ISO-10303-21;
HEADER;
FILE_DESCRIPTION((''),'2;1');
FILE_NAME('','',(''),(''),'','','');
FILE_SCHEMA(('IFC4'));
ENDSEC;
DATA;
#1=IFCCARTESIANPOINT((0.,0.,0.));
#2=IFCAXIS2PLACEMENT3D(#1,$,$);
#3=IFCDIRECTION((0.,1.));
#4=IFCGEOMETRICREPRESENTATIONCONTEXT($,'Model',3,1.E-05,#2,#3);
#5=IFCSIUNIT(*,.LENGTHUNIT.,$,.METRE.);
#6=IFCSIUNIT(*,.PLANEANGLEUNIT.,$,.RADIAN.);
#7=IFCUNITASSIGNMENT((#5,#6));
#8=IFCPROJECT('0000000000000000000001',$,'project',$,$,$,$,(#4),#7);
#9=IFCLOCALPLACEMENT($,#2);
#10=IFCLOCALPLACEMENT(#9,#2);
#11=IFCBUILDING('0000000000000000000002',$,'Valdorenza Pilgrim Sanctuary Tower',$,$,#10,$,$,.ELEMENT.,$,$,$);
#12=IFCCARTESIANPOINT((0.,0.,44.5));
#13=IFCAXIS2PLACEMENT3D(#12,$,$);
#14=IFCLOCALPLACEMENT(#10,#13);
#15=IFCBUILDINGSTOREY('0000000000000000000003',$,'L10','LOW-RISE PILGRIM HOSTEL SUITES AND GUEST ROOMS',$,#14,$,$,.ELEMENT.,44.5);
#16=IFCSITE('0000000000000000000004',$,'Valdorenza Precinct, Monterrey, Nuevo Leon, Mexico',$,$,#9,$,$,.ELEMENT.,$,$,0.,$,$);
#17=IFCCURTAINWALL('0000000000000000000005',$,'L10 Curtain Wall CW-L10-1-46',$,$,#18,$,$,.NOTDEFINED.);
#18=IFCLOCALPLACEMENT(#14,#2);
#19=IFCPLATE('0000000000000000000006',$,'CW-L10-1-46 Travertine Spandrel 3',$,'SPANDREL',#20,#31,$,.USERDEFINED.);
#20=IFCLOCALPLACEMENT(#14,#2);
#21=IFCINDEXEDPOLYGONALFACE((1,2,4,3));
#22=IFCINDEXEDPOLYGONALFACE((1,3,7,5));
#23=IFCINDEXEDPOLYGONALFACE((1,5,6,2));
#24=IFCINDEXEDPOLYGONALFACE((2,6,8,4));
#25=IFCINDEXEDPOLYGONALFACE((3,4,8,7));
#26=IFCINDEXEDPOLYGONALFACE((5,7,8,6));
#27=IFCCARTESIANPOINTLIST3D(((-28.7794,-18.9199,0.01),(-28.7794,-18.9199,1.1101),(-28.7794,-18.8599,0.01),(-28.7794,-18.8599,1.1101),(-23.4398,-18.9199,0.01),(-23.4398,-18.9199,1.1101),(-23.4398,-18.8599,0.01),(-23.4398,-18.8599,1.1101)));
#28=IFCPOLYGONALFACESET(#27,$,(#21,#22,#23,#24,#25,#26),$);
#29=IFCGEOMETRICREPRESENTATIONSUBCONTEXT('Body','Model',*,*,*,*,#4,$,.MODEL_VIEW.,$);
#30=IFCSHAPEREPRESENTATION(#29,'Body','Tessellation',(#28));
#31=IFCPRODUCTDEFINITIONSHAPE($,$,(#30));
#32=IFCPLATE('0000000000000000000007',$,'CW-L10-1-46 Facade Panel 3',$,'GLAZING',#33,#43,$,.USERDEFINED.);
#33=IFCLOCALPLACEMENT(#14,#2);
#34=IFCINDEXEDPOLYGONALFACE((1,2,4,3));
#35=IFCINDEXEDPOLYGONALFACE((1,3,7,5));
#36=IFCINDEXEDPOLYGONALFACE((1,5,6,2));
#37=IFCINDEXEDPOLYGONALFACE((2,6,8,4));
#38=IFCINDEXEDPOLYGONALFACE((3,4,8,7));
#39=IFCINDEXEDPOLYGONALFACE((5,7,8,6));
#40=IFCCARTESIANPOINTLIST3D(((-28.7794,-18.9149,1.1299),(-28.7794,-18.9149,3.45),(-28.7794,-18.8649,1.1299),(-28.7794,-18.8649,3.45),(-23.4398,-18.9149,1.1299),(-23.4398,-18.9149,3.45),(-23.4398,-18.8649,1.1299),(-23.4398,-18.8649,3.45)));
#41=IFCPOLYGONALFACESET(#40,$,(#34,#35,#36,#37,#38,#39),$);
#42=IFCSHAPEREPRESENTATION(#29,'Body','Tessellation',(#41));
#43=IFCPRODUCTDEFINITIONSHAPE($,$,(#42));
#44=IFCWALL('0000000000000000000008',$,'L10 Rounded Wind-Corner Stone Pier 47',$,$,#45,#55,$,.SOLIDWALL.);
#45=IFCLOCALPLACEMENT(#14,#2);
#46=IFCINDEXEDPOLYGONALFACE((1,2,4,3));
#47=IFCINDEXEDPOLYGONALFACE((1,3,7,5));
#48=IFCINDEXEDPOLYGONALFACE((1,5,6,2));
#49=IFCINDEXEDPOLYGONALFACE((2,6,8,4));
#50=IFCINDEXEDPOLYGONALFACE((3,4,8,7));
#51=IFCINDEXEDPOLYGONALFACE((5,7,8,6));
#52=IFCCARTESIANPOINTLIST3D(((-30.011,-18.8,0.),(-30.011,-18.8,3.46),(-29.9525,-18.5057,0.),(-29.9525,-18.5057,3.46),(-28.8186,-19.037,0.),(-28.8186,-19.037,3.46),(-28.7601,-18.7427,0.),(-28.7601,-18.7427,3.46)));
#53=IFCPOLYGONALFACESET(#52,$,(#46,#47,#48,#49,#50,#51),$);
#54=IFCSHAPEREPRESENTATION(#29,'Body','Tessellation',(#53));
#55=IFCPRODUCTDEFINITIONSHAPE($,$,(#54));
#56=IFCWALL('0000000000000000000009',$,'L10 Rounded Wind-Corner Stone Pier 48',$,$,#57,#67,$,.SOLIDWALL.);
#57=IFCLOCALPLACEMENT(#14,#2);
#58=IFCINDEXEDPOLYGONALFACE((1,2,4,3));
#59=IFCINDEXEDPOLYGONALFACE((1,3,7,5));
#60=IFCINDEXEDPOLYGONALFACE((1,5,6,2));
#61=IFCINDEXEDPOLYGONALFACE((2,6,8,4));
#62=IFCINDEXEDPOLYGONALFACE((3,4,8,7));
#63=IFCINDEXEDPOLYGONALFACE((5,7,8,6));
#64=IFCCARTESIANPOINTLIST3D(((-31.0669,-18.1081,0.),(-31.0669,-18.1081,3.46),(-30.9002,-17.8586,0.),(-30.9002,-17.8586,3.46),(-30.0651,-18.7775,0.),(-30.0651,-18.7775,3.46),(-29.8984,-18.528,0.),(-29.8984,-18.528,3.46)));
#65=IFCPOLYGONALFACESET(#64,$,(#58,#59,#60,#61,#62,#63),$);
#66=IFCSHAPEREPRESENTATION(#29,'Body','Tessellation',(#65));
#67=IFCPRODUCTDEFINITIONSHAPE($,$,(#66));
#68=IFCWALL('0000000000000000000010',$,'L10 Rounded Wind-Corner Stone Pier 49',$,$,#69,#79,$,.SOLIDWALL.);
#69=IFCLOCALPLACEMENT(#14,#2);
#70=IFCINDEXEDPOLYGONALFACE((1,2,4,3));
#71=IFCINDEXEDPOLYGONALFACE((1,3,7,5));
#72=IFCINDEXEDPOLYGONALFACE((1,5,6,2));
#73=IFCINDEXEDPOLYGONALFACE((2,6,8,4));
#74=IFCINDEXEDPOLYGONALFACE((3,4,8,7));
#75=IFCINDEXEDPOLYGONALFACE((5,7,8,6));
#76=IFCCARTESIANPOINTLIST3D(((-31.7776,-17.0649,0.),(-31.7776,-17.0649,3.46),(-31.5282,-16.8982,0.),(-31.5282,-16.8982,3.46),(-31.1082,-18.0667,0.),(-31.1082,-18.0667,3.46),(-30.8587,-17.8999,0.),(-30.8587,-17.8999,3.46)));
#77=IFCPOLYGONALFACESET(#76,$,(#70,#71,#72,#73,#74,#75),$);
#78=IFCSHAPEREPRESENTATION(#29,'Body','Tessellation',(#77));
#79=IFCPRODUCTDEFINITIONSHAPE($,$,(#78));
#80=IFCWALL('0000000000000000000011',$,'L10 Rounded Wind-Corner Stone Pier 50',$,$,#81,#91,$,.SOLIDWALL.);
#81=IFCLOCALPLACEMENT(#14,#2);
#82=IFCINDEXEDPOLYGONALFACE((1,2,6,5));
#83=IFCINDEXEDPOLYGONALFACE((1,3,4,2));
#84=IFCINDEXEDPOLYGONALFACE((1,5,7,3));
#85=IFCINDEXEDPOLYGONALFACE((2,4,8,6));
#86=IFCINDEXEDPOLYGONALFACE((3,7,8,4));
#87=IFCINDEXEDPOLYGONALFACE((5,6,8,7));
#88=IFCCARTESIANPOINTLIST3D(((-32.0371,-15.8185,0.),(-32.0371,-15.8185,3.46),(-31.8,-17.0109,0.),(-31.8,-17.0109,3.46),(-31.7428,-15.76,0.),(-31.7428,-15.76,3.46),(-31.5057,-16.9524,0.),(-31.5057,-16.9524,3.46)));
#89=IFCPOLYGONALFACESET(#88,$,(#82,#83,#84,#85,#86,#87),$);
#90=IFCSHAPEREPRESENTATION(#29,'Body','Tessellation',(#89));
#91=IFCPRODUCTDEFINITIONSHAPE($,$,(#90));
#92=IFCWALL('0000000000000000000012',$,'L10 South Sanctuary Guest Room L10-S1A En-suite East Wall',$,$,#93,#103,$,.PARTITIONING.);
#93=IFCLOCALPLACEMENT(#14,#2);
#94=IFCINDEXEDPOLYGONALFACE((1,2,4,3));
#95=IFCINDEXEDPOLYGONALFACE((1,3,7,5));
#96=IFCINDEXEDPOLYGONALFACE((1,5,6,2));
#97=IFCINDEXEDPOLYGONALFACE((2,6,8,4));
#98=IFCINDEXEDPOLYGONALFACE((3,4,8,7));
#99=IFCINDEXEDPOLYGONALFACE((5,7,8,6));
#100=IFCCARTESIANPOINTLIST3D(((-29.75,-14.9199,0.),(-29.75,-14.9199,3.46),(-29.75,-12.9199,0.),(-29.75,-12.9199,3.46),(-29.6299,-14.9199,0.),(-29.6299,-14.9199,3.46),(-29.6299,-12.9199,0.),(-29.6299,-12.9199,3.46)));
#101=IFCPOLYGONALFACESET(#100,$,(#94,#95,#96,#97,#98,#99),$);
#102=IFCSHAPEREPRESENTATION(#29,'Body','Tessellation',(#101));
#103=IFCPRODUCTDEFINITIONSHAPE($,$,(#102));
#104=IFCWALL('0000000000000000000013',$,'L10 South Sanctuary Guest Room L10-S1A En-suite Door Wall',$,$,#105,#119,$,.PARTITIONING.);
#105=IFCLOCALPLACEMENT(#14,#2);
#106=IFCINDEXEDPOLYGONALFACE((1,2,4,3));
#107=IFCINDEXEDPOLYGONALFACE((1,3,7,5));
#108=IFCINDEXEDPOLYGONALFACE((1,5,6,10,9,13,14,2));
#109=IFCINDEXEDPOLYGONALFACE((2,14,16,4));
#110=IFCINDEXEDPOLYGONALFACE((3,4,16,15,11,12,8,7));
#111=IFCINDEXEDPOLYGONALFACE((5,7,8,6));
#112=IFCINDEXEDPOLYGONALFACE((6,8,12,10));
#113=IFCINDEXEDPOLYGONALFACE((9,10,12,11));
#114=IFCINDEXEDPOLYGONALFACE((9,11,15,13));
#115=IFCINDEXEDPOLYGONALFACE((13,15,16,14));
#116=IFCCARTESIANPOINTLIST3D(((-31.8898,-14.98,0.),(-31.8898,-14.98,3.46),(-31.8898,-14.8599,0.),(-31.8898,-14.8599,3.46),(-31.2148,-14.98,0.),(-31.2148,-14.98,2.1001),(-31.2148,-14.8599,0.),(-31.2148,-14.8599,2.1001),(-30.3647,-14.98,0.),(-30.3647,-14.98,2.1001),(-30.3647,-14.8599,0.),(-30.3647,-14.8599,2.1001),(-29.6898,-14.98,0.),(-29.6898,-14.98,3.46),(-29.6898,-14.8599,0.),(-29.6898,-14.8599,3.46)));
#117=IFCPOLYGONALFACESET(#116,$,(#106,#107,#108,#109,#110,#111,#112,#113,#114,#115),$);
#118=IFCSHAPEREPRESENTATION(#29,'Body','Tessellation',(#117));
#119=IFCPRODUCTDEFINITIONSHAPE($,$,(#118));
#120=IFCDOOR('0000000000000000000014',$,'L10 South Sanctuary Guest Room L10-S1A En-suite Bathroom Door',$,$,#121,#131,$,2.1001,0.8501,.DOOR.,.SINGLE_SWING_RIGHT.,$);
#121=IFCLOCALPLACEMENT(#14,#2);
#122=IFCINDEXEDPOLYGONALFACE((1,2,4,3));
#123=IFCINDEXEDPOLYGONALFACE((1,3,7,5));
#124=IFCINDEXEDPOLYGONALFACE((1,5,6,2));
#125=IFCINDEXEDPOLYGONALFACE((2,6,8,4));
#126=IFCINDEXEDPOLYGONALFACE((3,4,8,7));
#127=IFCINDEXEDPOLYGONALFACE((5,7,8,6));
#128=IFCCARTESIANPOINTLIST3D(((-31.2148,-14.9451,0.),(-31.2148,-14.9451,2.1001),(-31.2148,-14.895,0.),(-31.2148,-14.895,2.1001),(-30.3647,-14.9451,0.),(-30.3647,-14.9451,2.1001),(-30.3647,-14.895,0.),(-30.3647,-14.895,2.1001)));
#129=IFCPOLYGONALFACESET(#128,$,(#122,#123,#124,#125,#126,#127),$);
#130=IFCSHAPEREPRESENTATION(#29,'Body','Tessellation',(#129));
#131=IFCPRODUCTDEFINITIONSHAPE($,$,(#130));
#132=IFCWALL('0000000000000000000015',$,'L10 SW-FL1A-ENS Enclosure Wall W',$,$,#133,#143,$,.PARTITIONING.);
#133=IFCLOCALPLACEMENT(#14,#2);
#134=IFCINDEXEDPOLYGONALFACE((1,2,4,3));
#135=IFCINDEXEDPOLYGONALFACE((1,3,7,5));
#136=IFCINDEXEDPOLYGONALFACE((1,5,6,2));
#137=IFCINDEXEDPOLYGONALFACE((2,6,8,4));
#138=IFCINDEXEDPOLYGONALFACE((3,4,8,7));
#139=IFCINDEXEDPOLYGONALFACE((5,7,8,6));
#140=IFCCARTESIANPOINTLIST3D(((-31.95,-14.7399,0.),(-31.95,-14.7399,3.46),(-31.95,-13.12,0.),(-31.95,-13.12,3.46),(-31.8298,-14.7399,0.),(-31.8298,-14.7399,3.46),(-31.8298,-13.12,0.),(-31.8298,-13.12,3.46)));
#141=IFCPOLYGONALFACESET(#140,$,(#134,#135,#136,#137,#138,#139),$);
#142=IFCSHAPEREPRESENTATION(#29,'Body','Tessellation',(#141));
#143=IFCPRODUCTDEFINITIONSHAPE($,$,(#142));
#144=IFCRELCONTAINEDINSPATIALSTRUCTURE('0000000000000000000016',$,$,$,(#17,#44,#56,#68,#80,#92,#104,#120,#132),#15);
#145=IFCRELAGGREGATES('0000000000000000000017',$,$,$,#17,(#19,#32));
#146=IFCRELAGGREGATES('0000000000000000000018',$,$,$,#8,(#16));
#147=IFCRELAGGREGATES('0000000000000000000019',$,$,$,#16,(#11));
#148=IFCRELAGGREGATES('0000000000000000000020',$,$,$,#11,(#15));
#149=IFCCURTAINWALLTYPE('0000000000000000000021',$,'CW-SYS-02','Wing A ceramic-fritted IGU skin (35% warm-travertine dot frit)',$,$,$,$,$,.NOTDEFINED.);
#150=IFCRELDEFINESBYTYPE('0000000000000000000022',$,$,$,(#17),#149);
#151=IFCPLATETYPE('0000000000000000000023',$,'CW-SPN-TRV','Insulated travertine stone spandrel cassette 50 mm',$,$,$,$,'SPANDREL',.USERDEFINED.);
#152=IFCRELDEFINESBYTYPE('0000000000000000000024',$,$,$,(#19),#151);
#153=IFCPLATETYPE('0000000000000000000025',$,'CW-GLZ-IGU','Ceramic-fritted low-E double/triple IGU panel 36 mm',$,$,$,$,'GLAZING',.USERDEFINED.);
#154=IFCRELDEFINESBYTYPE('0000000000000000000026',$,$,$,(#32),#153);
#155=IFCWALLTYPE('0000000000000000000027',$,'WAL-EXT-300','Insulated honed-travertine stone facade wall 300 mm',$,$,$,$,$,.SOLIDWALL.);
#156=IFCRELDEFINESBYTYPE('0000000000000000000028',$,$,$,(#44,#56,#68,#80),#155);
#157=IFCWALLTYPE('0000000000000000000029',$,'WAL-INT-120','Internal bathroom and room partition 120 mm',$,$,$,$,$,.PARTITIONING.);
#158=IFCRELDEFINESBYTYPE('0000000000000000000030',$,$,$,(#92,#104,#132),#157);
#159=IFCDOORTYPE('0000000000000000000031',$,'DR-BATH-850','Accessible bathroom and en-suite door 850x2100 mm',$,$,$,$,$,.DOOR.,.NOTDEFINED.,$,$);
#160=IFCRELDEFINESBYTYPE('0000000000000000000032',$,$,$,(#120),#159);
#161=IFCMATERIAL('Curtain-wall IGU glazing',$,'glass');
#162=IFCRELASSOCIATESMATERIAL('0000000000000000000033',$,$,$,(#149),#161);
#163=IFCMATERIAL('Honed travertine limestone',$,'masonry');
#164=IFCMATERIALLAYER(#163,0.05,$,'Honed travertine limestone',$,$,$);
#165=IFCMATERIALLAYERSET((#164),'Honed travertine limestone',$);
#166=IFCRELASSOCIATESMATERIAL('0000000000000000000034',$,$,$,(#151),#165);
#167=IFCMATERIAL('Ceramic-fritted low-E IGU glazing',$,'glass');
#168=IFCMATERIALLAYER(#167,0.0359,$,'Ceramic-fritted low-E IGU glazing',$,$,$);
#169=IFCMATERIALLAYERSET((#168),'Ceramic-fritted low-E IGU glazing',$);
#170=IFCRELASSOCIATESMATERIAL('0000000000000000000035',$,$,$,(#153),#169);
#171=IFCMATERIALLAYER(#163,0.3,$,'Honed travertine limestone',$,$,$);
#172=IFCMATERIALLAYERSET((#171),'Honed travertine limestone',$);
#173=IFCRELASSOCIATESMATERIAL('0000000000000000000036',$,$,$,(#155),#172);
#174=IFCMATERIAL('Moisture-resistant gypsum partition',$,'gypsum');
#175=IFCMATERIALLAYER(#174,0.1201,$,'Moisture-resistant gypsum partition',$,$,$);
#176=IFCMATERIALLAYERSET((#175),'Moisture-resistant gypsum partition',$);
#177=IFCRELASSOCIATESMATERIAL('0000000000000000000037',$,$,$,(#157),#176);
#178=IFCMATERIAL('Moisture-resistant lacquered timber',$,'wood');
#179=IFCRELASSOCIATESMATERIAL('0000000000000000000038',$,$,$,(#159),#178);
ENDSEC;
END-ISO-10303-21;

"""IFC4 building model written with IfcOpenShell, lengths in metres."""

from ifc_helpers import new_model, si_unit, direction, frame, frame_2d, origin, origin_2d, place, context, subcontext, project, spatial, rectangle, extrude, source, transform, mapped, material, layer, layer_set, type_object, element, fill, aggregate, save


model = new_model("IFC4")

# Units and contexts
model_context = context("Model", 3, precision=1e-05, world=origin(), true_north=direction((0.0, 1.0)))
body_context = subcontext(model_context, "Body", "Model", "MODEL_VIEW")
ifc_project = project(units=[si_unit("LENGTHUNIT", "METRE"), si_unit("PLANEANGLEUNIT", "RADIAN")], contexts=[model_context])

# Site, building, storey
site_placement = place(None, origin())
site = spatial("IfcSite", under=ifc_project, at=site_placement, Name="Valdorenza Precinct, Monterrey, Nuevo Leon, Mexico", CompositionType="ELEMENT", RefElevation=0.0)
building_placement = place(site_placement, origin())
building = spatial("IfcBuilding", under=site, at=building_placement, Name="Valdorenza Pilgrim Sanctuary Tower", CompositionType="ELEMENT")
storey_placement = place(building_placement, frame((0.0, 0.0, 44.5)))
storey = spatial("IfcBuildingStorey", under=building, at=storey_placement, Name="L10", Description="LOW-RISE PILGRIM HOSTEL SUITES AND GUEST ROOMS", CompositionType="ELEMENT", Elevation=44.5)

# Shared definitions
ifc_material_1 = material(Name="Curtain-wall IGU glazing", Category="glass")
curtain_wall_type = type_object("IfcCurtainWallType", Name="CW-SYS-02", Description="Wing A ceramic-fritted IGU skin (35% warm-travertine dot frit)", PredefinedType="NOTDEFINED", material=ifc_material_1)

# Curtain wall
curtain_wall_1_placement = place(storey_placement, origin())
curtain_wall_1 = element("IfcCurtainWall", 1, at=curtain_wall_1_placement, inside=storey, type_object=curtain_wall_type, Name="L10 Curtain Wall CW-L10-1-46", PredefinedType="NOTDEFINED")

# Plates
ifc_material_2 = material(Name="Honed travertine limestone", Category="masonry")
ifc_layer_1 = layer(ifc_material_2, 0.05, Name="Honed travertine limestone")
ifc_layer_set_1 = layer_set([ifc_layer_1], Name="Honed travertine limestone")
plate_type_1 = type_object("IfcPlateType", Name="CW-SPN-TRV", Description="Insulated travertine stone spandrel cassette 50 mm", ElementType="SPANDREL", PredefinedType="USERDEFINED", material=ifc_layer_set_1)
shared_shape_1 = source(origin(), body_context, "Body", "SweptSolid", [
    extrude(rectangle(XDim=5.3396, YDim=0.0601, at=origin_2d()), origin(), (0.0, 0.0, 1.0), 1.1001),
])
plate_1_placement = place(storey_placement, frame((-26.1096, -18.8899, 0.01), z_axis=(0.0, 0.0, 1.0), x_axis=(-1.0, 0.0, 0.0)))
plate_1 = element("IfcPlate", 2, at=plate_1_placement, type_object=plate_type_1, Name="CW-L10-1-46 Travertine Spandrel 3", ObjectType="SPANDREL", PredefinedType="USERDEFINED", context=body_context, shape_type="MappedRepresentation", body=[
    mapped(shared_shape_1, transform((0.0, 0.0, 0.0), x_axis=(1.0, 0.0, 0.0), y_axis=(0.0, 1.0, 0.0), z_axis=(0.0, 0.0, 1.0), scale=1.0)),
])
ifc_material_3 = material(Name="Ceramic-fritted low-E IGU glazing", Category="glass")
ifc_layer_2 = layer(ifc_material_3, 0.0359, Name="Ceramic-fritted low-E IGU glazing")
ifc_layer_set_2 = layer_set([ifc_layer_2], Name="Ceramic-fritted low-E IGU glazing")
plate_type_2 = type_object("IfcPlateType", Name="CW-GLZ-IGU", Description="Ceramic-fritted low-E double/triple IGU panel 36 mm", ElementType="GLAZING", PredefinedType="USERDEFINED", material=ifc_layer_set_2)
shared_shape_2 = source(origin(), body_context, "Body", "SweptSolid", [
    extrude(rectangle(XDim=5.3396, YDim=0.05, at=origin_2d()), origin(), (0.0, 0.0, 1.0), 2.3201),
])
plate_2_placement = place(storey_placement, frame((-26.1096, -18.8899, 1.1299), z_axis=(0.0, 0.0, 1.0), x_axis=(-1.0, 0.0, 0.0)))
plate_2 = element("IfcPlate", 3, at=plate_2_placement, type_object=plate_type_2, Name="CW-L10-1-46 Facade Panel 3", ObjectType="GLAZING", PredefinedType="USERDEFINED", context=body_context, shape_type="MappedRepresentation", body=[
    mapped(shared_shape_2, transform((0.0, 0.0, 0.0), x_axis=(1.0, 0.0, 0.0), y_axis=(0.0, 1.0, 0.0), z_axis=(0.0, 0.0, 1.0), scale=1.0)),
])
aggregate(curtain_wall_1, [plate_1, plate_2])

# Walls
ifc_layer_3 = layer(ifc_material_2, 0.3, Name="Honed travertine limestone")
ifc_layer_set_3 = layer_set([ifc_layer_3], Name="Honed travertine limestone")
wall_type_1 = type_object("IfcWallType", Name="WAL-EXT-300", Description="Insulated honed-travertine stone facade wall 300 mm", PredefinedType="SOLIDWALL", material=ifc_layer_set_3)
wall_1_placement = place(storey_placement, frame((-28.7893, -18.8899, 0.0), z_axis=(0.0, 0.0, 1.0), x_axis=(-0.980804, 0.194996, 0.0)))
element("IfcWall", 4, at=wall_1_placement, inside=storey, type_object=wall_type_1, Name="L10 Rounded Wind-Corner Stone Pier 47", PredefinedType="SOLIDWALL", context=body_context, shape_type="SweptSolid", body=[
    extrude(rectangle(XDim=1.2158, YDim=0.3, at=frame_2d((0.6079, 0.0))), origin(), (0.0, 0.0, 1.0), 3.46),
])
for number, where, z_axis, x_axis, name in (
    (5, (-29.9817, -18.6528, 0.0), (0.0, 0.0, 1.0), (-0.831426, 0.555635, 0.0), "L10 Rounded Wind-Corner Stone Pier 48"),
    (6, (-30.9834, -17.9834, 0.0), (0.0, 0.0, 1.0), (-0.555635, 0.831426, 0.0), "L10 Rounded Wind-Corner Stone Pier 49"),
):
    element("IfcWall", number, at=place(storey_placement, frame(where, z_axis=z_axis, x_axis=x_axis)), inside=storey, type_object=wall_type_1, Name=name, PredefinedType="SOLIDWALL", context=body_context, shape_type="SweptSolid", body=[
        extrude(rectangle(XDim=1.2048, YDim=0.3, at=frame_2d((0.6025, 0.0))), origin(), (0.0, 0.0, 1.0), 3.46),
    ])
wall_2_placement = place(storey_placement, frame((-31.6528, -16.9817, 0.0), z_axis=(0.0, 0.0, 1.0), x_axis=(-0.194996, 0.980804, 0.0)))
element("IfcWall", 7, at=wall_2_placement, inside=storey, type_object=wall_type_1, Name="L10 Rounded Wind-Corner Stone Pier 50", PredefinedType="SOLIDWALL", context=body_context, shape_type="SweptSolid", body=[
    extrude(rectangle(XDim=1.2158, YDim=0.3, at=frame_2d((0.6079, 0.0))), origin(), (0.0, 0.0, 1.0), 3.46),
])
ifc_material_4 = material(Name="Moisture-resistant gypsum partition", Category="gypsum")
ifc_layer_4 = layer(ifc_material_4, 0.1201, Name="Moisture-resistant gypsum partition")
ifc_layer_set_4 = layer_set([ifc_layer_4], Name="Moisture-resistant gypsum partition")
wall_type_2 = type_object("IfcWallType", Name="WAL-INT-120", Description="Internal bathroom and room partition 120 mm", PredefinedType="PARTITIONING", material=ifc_layer_set_4)
wall_3_placement = place(storey_placement, frame((-29.6899, -14.9199, 0.0), z_axis=(0.0, 0.0, 1.0), x_axis=(0.0, 1.0, 0.0)))
element("IfcWall", 8, at=wall_3_placement, inside=storey, type_object=wall_type_2, Name="L10 South Sanctuary Guest Room L10-S1A En-suite East Wall", PredefinedType="PARTITIONING", context=body_context, shape_type="SweptSolid", body=[
    extrude(rectangle(XDim=2.0, YDim=0.1201, at=frame_2d((1.0, 0.0))), origin(), (0.0, 0.0, 1.0), 3.46),
])

# Wall, opening, door
wall_4_placement = place(storey_placement, frame((-31.8899, -14.9199, 0.0), z_axis=(0.0, 0.0, 1.0), x_axis=(1.0, 0.0, 0.0)))
wall_4 = element("IfcWall", 9, at=wall_4_placement, inside=storey, type_object=wall_type_2, Name="L10 South Sanctuary Guest Room L10-S1A En-suite Door Wall", PredefinedType="PARTITIONING", context=body_context, shape_type="SweptSolid", body=[
    extrude(rectangle(XDim=2.2, YDim=0.1201, at=frame_2d((1.1001, 0.0))), origin(), (0.0, 0.0, 1.0), 3.46),
])
opening_placement = place(wall_4_placement, frame((0.675, 0.0, 0.0)))
opening = element("IfcOpeningElement", 10, at=opening_placement, cuts=wall_4, PredefinedType="OPENING", context=body_context, shape_type="SweptSolid", body=[
    extrude(rectangle(XDim=0.8501, YDim=2.1001, at=frame_2d((0.425, 1.05))), frame((0.0, 0.075, 0.0), z_axis=(0.0, -1.0, 0.0), x_axis=(1.0, 0.0, 0.0)), (0.0, 0.0, 1.0), 0.1499),
])
ifc_material_5 = material(Name="Moisture-resistant lacquered timber", Category="wood")
door_type = type_object("IfcDoorType", Name="DR-BATH-850", Description="Accessible bathroom and en-suite door 850x2100 mm", OperationType="NOTDEFINED", PredefinedType="DOOR", material=ifc_material_5)
door_placement = place(opening_placement, origin())
door = element("IfcDoor", 11, at=door_placement, inside=storey, type_object=door_type, Name="L10 South Sanctuary Guest Room L10-S1A En-suite Bathroom Door", OperationType="SINGLE_SWING_RIGHT", OverallHeight=2.1001, OverallWidth=0.8501, PredefinedType="DOOR", context=body_context, shape_type="SweptSolid", body=[
    extrude(rectangle(XDim=0.8501, YDim=2.1001, at=frame_2d((0.425, 1.05))), frame((0.0, 0.0249, 0.0), z_axis=(0.0, -1.0, 0.0), x_axis=(1.0, 0.0, 0.0)), (0.0, 0.0, 1.0), 0.05),
])
fill(opening, door)

# Wall
wall_5_placement = place(storey_placement, frame((-31.8899, -14.74, 0.0), z_axis=(0.0, 0.0, 1.0), x_axis=(0.0, 1.0, 0.0)))
element("IfcWall", 12, at=wall_5_placement, inside=storey, type_object=wall_type_2, Name="L10 SW-FL1A-ENS Enclosure Wall W", PredefinedType="PARTITIONING", context=body_context, shape_type="SweptSolid", body=[
    extrude(rectangle(XDim=1.6199, YDim=0.1201, at=frame_2d((0.8101, 0.0))), origin(), (0.0, 0.0, 1.0), 3.46),
])

save(model, "model.ifc")
